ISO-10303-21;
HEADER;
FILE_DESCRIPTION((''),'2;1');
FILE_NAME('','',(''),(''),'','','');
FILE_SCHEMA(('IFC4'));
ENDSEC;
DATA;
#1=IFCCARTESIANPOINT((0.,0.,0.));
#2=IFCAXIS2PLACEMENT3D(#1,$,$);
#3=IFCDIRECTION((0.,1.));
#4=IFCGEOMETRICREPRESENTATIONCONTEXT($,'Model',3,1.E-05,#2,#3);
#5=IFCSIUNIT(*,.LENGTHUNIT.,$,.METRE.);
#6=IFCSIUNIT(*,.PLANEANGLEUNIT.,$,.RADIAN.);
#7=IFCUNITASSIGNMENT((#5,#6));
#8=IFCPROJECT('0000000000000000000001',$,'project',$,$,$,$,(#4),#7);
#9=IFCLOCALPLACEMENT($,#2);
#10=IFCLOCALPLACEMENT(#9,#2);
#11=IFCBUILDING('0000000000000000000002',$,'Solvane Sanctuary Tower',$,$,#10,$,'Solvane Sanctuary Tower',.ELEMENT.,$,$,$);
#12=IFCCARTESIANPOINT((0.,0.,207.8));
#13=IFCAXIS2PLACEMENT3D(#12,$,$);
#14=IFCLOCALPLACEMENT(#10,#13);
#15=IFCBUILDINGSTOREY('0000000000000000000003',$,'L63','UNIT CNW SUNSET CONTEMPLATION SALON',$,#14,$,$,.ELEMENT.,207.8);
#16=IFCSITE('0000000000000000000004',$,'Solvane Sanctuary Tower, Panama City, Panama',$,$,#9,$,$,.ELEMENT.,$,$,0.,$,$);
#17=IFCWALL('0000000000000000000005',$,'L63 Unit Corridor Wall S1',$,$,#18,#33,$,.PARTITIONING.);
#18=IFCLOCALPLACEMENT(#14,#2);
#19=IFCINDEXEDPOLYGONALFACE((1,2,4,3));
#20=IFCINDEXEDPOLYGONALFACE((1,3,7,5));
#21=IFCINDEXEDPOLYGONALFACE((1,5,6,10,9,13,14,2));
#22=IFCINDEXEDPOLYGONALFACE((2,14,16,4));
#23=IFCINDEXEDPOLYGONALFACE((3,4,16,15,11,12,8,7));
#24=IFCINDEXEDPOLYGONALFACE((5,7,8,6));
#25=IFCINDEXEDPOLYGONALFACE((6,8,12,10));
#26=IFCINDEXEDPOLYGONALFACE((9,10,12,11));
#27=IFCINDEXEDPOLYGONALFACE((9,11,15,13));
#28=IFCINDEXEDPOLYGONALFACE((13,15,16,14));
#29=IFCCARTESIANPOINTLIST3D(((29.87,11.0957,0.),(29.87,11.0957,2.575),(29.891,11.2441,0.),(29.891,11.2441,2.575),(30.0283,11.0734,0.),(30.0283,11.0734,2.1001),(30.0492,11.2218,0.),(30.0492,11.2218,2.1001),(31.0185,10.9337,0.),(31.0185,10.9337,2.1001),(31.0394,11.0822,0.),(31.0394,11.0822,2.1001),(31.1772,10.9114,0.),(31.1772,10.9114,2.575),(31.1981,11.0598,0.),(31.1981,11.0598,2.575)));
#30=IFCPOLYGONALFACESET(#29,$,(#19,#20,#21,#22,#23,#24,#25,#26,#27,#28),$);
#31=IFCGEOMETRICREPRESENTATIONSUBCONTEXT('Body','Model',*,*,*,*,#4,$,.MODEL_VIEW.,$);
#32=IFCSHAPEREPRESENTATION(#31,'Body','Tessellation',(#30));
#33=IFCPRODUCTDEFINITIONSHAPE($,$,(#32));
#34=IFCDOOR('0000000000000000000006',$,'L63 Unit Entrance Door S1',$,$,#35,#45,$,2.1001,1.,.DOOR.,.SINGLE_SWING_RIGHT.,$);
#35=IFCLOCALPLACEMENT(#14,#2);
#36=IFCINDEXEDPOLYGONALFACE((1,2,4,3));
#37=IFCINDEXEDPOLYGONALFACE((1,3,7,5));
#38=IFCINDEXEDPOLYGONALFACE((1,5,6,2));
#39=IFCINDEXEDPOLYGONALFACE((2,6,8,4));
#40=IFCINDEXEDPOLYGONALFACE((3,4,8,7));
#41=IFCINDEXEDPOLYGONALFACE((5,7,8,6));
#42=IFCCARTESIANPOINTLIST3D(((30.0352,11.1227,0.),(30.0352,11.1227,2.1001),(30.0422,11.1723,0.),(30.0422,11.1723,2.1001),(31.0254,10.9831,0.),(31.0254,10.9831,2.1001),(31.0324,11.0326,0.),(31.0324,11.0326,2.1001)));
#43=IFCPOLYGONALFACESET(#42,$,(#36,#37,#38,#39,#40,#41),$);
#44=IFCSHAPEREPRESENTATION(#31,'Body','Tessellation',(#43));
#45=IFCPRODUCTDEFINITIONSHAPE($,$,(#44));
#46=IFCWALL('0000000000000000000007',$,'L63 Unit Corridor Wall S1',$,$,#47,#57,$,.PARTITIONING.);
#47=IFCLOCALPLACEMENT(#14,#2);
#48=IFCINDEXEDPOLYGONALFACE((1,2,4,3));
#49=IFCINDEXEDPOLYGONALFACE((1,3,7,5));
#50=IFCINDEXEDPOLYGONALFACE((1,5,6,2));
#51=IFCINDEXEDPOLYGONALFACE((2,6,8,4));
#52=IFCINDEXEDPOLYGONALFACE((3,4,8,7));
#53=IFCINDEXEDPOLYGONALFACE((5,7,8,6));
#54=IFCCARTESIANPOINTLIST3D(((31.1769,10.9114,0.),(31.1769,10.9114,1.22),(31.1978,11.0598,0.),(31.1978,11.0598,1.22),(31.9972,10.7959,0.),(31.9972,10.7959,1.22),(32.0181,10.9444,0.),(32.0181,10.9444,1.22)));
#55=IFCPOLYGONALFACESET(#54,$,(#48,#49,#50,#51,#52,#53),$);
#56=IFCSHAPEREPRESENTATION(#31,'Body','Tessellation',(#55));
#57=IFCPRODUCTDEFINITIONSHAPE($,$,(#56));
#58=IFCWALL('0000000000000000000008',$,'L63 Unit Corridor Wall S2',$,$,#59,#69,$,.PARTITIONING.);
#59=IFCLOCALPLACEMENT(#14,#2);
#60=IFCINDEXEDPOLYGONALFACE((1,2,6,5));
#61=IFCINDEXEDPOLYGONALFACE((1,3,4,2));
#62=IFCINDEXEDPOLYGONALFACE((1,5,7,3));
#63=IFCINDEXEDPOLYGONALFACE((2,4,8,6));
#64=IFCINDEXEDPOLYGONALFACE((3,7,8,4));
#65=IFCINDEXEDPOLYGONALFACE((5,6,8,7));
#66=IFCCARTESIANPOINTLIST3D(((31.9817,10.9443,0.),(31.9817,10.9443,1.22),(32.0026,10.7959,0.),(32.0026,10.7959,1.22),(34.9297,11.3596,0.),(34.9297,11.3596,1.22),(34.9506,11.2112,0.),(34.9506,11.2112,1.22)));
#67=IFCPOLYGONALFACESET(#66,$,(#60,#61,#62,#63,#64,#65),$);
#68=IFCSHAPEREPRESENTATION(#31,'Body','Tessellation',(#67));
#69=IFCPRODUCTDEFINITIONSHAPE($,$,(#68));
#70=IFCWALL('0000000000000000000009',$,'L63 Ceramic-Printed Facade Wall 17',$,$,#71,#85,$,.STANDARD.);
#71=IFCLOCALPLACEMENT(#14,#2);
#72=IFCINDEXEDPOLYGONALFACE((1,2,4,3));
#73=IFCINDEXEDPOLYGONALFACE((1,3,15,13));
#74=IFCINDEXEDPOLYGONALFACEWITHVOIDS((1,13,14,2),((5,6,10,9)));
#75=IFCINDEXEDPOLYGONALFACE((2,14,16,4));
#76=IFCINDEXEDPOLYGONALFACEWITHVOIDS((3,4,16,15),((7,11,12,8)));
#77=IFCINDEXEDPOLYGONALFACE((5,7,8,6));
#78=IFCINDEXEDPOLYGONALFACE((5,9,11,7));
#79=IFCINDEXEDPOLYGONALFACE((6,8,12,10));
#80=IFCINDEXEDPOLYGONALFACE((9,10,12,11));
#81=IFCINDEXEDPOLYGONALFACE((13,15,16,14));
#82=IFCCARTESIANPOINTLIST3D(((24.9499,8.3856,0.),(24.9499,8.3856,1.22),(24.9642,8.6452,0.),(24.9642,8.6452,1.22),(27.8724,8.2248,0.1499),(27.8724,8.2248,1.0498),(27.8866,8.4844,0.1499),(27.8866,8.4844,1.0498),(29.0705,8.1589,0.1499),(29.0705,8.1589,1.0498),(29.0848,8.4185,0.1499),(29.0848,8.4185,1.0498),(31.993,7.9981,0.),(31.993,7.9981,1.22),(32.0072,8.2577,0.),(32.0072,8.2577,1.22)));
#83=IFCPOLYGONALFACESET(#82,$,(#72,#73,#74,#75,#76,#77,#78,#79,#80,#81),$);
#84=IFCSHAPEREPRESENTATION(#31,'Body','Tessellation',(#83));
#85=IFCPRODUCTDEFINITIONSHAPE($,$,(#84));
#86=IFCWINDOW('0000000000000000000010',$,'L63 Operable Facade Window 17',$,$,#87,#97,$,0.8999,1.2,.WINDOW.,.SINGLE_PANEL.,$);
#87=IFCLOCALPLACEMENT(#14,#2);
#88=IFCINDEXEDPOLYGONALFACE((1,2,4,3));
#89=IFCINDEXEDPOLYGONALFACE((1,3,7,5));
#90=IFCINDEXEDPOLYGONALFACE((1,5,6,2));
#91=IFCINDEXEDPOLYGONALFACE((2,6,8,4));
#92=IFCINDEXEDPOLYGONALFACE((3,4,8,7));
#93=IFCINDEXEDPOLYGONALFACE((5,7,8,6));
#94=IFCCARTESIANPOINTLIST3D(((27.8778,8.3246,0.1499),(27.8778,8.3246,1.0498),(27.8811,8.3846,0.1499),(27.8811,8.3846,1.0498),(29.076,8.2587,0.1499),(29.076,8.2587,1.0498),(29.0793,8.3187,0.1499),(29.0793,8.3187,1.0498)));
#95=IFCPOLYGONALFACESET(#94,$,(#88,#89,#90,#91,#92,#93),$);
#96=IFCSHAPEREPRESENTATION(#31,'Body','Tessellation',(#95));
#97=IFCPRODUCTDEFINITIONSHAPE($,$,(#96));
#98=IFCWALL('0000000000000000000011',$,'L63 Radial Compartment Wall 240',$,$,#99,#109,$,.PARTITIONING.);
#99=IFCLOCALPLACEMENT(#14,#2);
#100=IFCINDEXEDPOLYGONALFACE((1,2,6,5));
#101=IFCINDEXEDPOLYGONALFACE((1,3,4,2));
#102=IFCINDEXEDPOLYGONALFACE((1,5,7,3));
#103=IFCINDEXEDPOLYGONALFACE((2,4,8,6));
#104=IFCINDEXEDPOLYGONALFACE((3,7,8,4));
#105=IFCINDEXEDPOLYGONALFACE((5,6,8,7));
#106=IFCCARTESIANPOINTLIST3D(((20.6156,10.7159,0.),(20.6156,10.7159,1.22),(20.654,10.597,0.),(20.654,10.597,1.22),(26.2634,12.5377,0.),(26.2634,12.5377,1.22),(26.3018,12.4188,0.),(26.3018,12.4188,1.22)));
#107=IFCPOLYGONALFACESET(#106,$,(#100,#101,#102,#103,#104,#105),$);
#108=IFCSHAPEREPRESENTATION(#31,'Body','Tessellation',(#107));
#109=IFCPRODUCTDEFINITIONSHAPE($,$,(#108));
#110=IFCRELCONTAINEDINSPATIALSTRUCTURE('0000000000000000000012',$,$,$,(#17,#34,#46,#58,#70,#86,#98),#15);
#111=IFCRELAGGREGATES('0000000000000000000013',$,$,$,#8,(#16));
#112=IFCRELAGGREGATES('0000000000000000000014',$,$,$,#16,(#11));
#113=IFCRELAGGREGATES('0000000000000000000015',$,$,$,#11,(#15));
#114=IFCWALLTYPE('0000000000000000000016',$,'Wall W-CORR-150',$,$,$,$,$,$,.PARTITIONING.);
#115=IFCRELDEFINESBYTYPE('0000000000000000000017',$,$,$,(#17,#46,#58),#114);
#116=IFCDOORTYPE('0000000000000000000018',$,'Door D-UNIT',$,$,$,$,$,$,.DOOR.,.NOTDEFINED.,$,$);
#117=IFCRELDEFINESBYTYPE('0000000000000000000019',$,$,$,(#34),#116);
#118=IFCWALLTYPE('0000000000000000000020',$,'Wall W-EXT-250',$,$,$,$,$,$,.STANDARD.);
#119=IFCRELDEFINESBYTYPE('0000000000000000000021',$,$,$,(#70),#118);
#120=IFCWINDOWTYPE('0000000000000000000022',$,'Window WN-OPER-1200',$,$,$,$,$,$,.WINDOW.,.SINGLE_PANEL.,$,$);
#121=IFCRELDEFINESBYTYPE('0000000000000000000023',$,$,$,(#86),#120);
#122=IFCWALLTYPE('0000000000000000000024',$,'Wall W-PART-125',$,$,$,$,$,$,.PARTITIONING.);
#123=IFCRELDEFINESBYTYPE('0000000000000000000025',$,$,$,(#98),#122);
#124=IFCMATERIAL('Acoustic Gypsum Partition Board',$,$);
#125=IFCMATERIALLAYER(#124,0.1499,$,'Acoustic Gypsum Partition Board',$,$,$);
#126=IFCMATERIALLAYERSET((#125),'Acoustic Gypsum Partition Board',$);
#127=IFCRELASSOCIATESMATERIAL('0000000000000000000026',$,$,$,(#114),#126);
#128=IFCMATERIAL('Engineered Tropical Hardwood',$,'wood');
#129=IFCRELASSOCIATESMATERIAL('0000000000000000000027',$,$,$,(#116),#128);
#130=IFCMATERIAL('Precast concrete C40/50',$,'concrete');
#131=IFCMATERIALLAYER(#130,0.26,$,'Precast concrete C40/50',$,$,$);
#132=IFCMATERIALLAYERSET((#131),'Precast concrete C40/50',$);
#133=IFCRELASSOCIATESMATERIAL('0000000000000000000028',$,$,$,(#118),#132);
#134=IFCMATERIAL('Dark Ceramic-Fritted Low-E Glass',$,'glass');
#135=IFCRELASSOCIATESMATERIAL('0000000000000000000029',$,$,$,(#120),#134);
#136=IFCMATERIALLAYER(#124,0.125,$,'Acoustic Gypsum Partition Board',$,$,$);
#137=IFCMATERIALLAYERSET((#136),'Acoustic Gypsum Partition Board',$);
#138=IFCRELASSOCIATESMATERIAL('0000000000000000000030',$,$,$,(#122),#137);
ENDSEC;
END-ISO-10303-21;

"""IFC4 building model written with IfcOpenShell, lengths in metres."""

from ifc_helpers import new_model, si_unit, direction, frame, frame_2d, origin, place, context, subcontext, project, spatial, rectangle, extrude, material, layer, layer_set, type_object, element, fill, save


model = new_model("IFC4")

# Units and contexts
model_context = context("Model", 3, precision=1e-05, world=origin(), true_north=direction((0.0, 1.0)))
body_context = subcontext(model_context, "Body", "Model", "MODEL_VIEW")
ifc_project = project(units=[si_unit("LENGTHUNIT", "METRE"), si_unit("PLANEANGLEUNIT", "RADIAN")], contexts=[model_context])

# Site, building, storey
site_placement = place(None, origin())
site = spatial("IfcSite", under=ifc_project, at=site_placement, Name="Solvane Sanctuary Tower, Panama City, Panama", CompositionType="ELEMENT", RefElevation=0.0)
building_placement = place(site_placement, origin())
building = spatial("IfcBuilding", under=site, at=building_placement, Name="Solvane Sanctuary Tower", LongName="Solvane Sanctuary Tower", CompositionType="ELEMENT")
storey_placement = place(building_placement, frame((0.0, 0.0, 207.8)))
storey = spatial("IfcBuildingStorey", under=building, at=storey_placement, Name="L63", Description="UNIT CNW SUNSET CONTEMPLATION SALON", CompositionType="ELEMENT", Elevation=207.8)

# Shared definitions
ifc_material_1 = material(Name="Dark Ceramic-Fritted Low-E Glass", Category="glass")

# Shared definitions
ifc_material_2 = material(Name="Acoustic Gypsum Partition Board")
ifc_layer_1 = layer(ifc_material_2, 0.1499, Name="Acoustic Gypsum Partition Board")
ifc_layer_set_1 = layer_set([ifc_layer_1], Name="Acoustic Gypsum Partition Board")
wall_type_1 = type_object("IfcWallType", Name="Wall W-CORR-150", PredefinedType="PARTITIONING", material=ifc_layer_set_1)

# Shared definitions
ifc_material_3 = material(Name="Engineered Tropical Hardwood", Category="wood")

# Wall, opening, door
wall_1_placement = place(storey_placement, frame((29.8804, 11.1699, 0.0), z_axis=(0.0, 0.0, 1.0), x_axis=(0.990203, -0.139635, 0.0)))
wall_1 = element("IfcWall", 1, at=wall_1_placement, inside=storey, type_object=wall_type_1, Name="L63 Unit Corridor Wall S1", PredefinedType="PARTITIONING", context=body_context, shape_type="SweptSolid", body=[
    extrude(rectangle(XDim=1.3201, YDim=0.1499, at=frame_2d((0.6602, 0.0))), origin(), (0.0, 0.0, 1.0), 2.575),
])
opening_1_placement = place(wall_1_placement, frame((0.1599, 0.0, 0.0)))
opening_1 = element("IfcOpeningElement", 2, at=opening_1_placement, cuts=wall_1, PredefinedType="OPENING", context=body_context, shape_type="SweptSolid", body=[
    extrude(rectangle(XDim=1.0, YDim=2.1001, at=frame_2d((0.5, 1.05))), frame((0.0, 0.085, 0.0), z_axis=(0.0, -1.0, 0.0), x_axis=(1.0, 0.0, 0.0)), (0.0, 0.0, 1.0), 0.1699),
])
door_type_1 = type_object("IfcDoorType", Name="Door D-UNIT", OperationType="NOTDEFINED", PredefinedType="DOOR", material=ifc_material_3)
door_1_placement = place(opening_1_placement, origin())
door_1 = element("IfcDoor", 3, at=door_1_placement, inside=storey, type_object=door_type_1, Name="L63 Unit Entrance Door S1", OperationType="SINGLE_SWING_RIGHT", OverallHeight=2.1001, OverallWidth=1.0, PredefinedType="DOOR", context=body_context, shape_type="SweptSolid", body=[
    extrude(rectangle(XDim=1.0, YDim=2.1001, at=frame_2d((0.5, 1.05))), frame((0.0, 0.0249, 0.0), z_axis=(0.0, -1.0, 0.0), x_axis=(1.0, 0.0, 0.0)), (0.0, 0.0, 1.0), 0.05),
])
fill(opening_1, door_1)

# Walls
wall_2_placement = place(storey_placement, frame((31.1875, 10.9856, 0.0), z_axis=(0.0, 0.0, 1.0), x_axis=(0.990236, -0.139399, 0.0)))
element("IfcWall", 4, at=wall_2_placement, inside=storey, type_object=wall_type_1, Name="L63 Unit Corridor Wall S1", PredefinedType="PARTITIONING", context=body_context, shape_type="SweptSolid", body=[
    extrude(rectangle(XDim=0.8284, YDim=0.1499, at=frame_2d((0.4141, 0.0))), origin(), (0.0, 0.0, 1.0), 1.22),
])
wall_3_placement = place(storey_placement, frame((31.9922, 10.8701, 0.0), z_axis=(0.0, 0.0, 1.0), x_axis=(0.990223, 0.139492, 0.0)))
element("IfcWall", 5, at=wall_3_placement, inside=storey, type_object=wall_type_1, Name="L63 Unit Corridor Wall S2", PredefinedType="PARTITIONING", context=body_context, shape_type="SweptSolid", body=[
    extrude(rectangle(XDim=2.9771, YDim=0.1499, at=frame_2d((1.4885, 0.0))), origin(), (0.0, 0.0, 1.0), 1.22),
])

# Wall, opening, window
ifc_material_4 = material(Name="Precast concrete C40/50", Category="concrete")
ifc_layer_2 = layer(ifc_material_4, 0.26, Name="Precast concrete C40/50")
ifc_layer_set_2 = layer_set([ifc_layer_2], Name="Precast concrete C40/50")
wall_type_2 = type_object("IfcWallType", Name="Wall W-EXT-250", PredefinedType="STANDARD", material=ifc_layer_set_2)
wall_4_placement = place(storey_placement, frame((24.957, 8.5154, 0.0), z_axis=(0.0, 0.0, 1.0), x_axis=(0.99849, -0.054929, 0.0)))
wall_4 = element("IfcWall", 6, at=wall_4_placement, inside=storey, type_object=wall_type_2, Name="L63 Ceramic-Printed Facade Wall 17", PredefinedType="STANDARD", context=body_context, shape_type="SweptSolid", body=[
    extrude(rectangle(XDim=7.0537, YDim=0.26, at=frame_2d((3.5269, 0.0))), origin(), (0.0, 0.0, 1.0), 1.22),
])
opening_2_placement = place(wall_4_placement, frame((2.9268, 0.0, 0.1499)))
opening_2 = element("IfcOpeningElement", 7, at=opening_2_placement, cuts=wall_4, PredefinedType="OPENING", context=body_context, shape_type="SweptSolid", body=[
    extrude(rectangle(XDim=1.2, YDim=0.8999, at=frame_2d((0.6001, 0.45))), frame((0.0, 0.1399, 0.0), z_axis=(0.0, -1.0, 0.0), x_axis=(1.0, 0.0, 0.0)), (0.0, 0.0, 1.0), 0.28),
])
window_type = type_object("IfcWindowType", Name="Window WN-OPER-1200", PartitioningType="SINGLE_PANEL", PredefinedType="WINDOW", material=ifc_material_1)
window_placement = place(opening_2_placement, origin())
window = element("IfcWindow", 8, at=window_placement, inside=storey, type_object=window_type, Name="L63 Operable Facade Window 17", OverallHeight=0.8999, OverallWidth=1.2, PartitioningType="SINGLE_PANEL", PredefinedType="WINDOW", context=body_context, shape_type="SweptSolid", body=[
    extrude(rectangle(XDim=1.2, YDim=0.8999, at=frame_2d((0.6001, 0.45))), frame((0.0, 0.03, 0.0), z_axis=(0.0, -1.0, 0.0), x_axis=(1.0, 0.0, 0.0)), (0.0, 0.0, 1.0), 0.0601),
])
fill(opening_2, window)

# Wall
ifc_layer_3 = layer(ifc_material_2, 0.125, Name="Acoustic Gypsum Partition Board")
ifc_layer_set_3 = layer_set([ifc_layer_3], Name="Acoustic Gypsum Partition Board")
wall_type_3 = type_object("IfcWallType", Name="Wall W-PART-125", PredefinedType="PARTITIONING", material=ifc_layer_set_3)
wall_5_placement = place(storey_placement, frame((26.2827, 12.4783, 0.0), z_axis=(0.0, 0.0, 1.0), x_axis=(-0.951712, -0.306993, 0.0)))
element("IfcWall", 9, at=wall_5_placement, inside=storey, type_object=wall_type_3, Name="L63 Radial Compartment Wall 240", PredefinedType="PARTITIONING", context=body_context, shape_type="SweptSolid", body=[
    extrude(rectangle(XDim=5.9343, YDim=0.125, at=frame_2d((2.9673, 0.0))), origin(), (0.0, 0.0, 1.0), 1.22),
])

save(model, "model.ifc")
